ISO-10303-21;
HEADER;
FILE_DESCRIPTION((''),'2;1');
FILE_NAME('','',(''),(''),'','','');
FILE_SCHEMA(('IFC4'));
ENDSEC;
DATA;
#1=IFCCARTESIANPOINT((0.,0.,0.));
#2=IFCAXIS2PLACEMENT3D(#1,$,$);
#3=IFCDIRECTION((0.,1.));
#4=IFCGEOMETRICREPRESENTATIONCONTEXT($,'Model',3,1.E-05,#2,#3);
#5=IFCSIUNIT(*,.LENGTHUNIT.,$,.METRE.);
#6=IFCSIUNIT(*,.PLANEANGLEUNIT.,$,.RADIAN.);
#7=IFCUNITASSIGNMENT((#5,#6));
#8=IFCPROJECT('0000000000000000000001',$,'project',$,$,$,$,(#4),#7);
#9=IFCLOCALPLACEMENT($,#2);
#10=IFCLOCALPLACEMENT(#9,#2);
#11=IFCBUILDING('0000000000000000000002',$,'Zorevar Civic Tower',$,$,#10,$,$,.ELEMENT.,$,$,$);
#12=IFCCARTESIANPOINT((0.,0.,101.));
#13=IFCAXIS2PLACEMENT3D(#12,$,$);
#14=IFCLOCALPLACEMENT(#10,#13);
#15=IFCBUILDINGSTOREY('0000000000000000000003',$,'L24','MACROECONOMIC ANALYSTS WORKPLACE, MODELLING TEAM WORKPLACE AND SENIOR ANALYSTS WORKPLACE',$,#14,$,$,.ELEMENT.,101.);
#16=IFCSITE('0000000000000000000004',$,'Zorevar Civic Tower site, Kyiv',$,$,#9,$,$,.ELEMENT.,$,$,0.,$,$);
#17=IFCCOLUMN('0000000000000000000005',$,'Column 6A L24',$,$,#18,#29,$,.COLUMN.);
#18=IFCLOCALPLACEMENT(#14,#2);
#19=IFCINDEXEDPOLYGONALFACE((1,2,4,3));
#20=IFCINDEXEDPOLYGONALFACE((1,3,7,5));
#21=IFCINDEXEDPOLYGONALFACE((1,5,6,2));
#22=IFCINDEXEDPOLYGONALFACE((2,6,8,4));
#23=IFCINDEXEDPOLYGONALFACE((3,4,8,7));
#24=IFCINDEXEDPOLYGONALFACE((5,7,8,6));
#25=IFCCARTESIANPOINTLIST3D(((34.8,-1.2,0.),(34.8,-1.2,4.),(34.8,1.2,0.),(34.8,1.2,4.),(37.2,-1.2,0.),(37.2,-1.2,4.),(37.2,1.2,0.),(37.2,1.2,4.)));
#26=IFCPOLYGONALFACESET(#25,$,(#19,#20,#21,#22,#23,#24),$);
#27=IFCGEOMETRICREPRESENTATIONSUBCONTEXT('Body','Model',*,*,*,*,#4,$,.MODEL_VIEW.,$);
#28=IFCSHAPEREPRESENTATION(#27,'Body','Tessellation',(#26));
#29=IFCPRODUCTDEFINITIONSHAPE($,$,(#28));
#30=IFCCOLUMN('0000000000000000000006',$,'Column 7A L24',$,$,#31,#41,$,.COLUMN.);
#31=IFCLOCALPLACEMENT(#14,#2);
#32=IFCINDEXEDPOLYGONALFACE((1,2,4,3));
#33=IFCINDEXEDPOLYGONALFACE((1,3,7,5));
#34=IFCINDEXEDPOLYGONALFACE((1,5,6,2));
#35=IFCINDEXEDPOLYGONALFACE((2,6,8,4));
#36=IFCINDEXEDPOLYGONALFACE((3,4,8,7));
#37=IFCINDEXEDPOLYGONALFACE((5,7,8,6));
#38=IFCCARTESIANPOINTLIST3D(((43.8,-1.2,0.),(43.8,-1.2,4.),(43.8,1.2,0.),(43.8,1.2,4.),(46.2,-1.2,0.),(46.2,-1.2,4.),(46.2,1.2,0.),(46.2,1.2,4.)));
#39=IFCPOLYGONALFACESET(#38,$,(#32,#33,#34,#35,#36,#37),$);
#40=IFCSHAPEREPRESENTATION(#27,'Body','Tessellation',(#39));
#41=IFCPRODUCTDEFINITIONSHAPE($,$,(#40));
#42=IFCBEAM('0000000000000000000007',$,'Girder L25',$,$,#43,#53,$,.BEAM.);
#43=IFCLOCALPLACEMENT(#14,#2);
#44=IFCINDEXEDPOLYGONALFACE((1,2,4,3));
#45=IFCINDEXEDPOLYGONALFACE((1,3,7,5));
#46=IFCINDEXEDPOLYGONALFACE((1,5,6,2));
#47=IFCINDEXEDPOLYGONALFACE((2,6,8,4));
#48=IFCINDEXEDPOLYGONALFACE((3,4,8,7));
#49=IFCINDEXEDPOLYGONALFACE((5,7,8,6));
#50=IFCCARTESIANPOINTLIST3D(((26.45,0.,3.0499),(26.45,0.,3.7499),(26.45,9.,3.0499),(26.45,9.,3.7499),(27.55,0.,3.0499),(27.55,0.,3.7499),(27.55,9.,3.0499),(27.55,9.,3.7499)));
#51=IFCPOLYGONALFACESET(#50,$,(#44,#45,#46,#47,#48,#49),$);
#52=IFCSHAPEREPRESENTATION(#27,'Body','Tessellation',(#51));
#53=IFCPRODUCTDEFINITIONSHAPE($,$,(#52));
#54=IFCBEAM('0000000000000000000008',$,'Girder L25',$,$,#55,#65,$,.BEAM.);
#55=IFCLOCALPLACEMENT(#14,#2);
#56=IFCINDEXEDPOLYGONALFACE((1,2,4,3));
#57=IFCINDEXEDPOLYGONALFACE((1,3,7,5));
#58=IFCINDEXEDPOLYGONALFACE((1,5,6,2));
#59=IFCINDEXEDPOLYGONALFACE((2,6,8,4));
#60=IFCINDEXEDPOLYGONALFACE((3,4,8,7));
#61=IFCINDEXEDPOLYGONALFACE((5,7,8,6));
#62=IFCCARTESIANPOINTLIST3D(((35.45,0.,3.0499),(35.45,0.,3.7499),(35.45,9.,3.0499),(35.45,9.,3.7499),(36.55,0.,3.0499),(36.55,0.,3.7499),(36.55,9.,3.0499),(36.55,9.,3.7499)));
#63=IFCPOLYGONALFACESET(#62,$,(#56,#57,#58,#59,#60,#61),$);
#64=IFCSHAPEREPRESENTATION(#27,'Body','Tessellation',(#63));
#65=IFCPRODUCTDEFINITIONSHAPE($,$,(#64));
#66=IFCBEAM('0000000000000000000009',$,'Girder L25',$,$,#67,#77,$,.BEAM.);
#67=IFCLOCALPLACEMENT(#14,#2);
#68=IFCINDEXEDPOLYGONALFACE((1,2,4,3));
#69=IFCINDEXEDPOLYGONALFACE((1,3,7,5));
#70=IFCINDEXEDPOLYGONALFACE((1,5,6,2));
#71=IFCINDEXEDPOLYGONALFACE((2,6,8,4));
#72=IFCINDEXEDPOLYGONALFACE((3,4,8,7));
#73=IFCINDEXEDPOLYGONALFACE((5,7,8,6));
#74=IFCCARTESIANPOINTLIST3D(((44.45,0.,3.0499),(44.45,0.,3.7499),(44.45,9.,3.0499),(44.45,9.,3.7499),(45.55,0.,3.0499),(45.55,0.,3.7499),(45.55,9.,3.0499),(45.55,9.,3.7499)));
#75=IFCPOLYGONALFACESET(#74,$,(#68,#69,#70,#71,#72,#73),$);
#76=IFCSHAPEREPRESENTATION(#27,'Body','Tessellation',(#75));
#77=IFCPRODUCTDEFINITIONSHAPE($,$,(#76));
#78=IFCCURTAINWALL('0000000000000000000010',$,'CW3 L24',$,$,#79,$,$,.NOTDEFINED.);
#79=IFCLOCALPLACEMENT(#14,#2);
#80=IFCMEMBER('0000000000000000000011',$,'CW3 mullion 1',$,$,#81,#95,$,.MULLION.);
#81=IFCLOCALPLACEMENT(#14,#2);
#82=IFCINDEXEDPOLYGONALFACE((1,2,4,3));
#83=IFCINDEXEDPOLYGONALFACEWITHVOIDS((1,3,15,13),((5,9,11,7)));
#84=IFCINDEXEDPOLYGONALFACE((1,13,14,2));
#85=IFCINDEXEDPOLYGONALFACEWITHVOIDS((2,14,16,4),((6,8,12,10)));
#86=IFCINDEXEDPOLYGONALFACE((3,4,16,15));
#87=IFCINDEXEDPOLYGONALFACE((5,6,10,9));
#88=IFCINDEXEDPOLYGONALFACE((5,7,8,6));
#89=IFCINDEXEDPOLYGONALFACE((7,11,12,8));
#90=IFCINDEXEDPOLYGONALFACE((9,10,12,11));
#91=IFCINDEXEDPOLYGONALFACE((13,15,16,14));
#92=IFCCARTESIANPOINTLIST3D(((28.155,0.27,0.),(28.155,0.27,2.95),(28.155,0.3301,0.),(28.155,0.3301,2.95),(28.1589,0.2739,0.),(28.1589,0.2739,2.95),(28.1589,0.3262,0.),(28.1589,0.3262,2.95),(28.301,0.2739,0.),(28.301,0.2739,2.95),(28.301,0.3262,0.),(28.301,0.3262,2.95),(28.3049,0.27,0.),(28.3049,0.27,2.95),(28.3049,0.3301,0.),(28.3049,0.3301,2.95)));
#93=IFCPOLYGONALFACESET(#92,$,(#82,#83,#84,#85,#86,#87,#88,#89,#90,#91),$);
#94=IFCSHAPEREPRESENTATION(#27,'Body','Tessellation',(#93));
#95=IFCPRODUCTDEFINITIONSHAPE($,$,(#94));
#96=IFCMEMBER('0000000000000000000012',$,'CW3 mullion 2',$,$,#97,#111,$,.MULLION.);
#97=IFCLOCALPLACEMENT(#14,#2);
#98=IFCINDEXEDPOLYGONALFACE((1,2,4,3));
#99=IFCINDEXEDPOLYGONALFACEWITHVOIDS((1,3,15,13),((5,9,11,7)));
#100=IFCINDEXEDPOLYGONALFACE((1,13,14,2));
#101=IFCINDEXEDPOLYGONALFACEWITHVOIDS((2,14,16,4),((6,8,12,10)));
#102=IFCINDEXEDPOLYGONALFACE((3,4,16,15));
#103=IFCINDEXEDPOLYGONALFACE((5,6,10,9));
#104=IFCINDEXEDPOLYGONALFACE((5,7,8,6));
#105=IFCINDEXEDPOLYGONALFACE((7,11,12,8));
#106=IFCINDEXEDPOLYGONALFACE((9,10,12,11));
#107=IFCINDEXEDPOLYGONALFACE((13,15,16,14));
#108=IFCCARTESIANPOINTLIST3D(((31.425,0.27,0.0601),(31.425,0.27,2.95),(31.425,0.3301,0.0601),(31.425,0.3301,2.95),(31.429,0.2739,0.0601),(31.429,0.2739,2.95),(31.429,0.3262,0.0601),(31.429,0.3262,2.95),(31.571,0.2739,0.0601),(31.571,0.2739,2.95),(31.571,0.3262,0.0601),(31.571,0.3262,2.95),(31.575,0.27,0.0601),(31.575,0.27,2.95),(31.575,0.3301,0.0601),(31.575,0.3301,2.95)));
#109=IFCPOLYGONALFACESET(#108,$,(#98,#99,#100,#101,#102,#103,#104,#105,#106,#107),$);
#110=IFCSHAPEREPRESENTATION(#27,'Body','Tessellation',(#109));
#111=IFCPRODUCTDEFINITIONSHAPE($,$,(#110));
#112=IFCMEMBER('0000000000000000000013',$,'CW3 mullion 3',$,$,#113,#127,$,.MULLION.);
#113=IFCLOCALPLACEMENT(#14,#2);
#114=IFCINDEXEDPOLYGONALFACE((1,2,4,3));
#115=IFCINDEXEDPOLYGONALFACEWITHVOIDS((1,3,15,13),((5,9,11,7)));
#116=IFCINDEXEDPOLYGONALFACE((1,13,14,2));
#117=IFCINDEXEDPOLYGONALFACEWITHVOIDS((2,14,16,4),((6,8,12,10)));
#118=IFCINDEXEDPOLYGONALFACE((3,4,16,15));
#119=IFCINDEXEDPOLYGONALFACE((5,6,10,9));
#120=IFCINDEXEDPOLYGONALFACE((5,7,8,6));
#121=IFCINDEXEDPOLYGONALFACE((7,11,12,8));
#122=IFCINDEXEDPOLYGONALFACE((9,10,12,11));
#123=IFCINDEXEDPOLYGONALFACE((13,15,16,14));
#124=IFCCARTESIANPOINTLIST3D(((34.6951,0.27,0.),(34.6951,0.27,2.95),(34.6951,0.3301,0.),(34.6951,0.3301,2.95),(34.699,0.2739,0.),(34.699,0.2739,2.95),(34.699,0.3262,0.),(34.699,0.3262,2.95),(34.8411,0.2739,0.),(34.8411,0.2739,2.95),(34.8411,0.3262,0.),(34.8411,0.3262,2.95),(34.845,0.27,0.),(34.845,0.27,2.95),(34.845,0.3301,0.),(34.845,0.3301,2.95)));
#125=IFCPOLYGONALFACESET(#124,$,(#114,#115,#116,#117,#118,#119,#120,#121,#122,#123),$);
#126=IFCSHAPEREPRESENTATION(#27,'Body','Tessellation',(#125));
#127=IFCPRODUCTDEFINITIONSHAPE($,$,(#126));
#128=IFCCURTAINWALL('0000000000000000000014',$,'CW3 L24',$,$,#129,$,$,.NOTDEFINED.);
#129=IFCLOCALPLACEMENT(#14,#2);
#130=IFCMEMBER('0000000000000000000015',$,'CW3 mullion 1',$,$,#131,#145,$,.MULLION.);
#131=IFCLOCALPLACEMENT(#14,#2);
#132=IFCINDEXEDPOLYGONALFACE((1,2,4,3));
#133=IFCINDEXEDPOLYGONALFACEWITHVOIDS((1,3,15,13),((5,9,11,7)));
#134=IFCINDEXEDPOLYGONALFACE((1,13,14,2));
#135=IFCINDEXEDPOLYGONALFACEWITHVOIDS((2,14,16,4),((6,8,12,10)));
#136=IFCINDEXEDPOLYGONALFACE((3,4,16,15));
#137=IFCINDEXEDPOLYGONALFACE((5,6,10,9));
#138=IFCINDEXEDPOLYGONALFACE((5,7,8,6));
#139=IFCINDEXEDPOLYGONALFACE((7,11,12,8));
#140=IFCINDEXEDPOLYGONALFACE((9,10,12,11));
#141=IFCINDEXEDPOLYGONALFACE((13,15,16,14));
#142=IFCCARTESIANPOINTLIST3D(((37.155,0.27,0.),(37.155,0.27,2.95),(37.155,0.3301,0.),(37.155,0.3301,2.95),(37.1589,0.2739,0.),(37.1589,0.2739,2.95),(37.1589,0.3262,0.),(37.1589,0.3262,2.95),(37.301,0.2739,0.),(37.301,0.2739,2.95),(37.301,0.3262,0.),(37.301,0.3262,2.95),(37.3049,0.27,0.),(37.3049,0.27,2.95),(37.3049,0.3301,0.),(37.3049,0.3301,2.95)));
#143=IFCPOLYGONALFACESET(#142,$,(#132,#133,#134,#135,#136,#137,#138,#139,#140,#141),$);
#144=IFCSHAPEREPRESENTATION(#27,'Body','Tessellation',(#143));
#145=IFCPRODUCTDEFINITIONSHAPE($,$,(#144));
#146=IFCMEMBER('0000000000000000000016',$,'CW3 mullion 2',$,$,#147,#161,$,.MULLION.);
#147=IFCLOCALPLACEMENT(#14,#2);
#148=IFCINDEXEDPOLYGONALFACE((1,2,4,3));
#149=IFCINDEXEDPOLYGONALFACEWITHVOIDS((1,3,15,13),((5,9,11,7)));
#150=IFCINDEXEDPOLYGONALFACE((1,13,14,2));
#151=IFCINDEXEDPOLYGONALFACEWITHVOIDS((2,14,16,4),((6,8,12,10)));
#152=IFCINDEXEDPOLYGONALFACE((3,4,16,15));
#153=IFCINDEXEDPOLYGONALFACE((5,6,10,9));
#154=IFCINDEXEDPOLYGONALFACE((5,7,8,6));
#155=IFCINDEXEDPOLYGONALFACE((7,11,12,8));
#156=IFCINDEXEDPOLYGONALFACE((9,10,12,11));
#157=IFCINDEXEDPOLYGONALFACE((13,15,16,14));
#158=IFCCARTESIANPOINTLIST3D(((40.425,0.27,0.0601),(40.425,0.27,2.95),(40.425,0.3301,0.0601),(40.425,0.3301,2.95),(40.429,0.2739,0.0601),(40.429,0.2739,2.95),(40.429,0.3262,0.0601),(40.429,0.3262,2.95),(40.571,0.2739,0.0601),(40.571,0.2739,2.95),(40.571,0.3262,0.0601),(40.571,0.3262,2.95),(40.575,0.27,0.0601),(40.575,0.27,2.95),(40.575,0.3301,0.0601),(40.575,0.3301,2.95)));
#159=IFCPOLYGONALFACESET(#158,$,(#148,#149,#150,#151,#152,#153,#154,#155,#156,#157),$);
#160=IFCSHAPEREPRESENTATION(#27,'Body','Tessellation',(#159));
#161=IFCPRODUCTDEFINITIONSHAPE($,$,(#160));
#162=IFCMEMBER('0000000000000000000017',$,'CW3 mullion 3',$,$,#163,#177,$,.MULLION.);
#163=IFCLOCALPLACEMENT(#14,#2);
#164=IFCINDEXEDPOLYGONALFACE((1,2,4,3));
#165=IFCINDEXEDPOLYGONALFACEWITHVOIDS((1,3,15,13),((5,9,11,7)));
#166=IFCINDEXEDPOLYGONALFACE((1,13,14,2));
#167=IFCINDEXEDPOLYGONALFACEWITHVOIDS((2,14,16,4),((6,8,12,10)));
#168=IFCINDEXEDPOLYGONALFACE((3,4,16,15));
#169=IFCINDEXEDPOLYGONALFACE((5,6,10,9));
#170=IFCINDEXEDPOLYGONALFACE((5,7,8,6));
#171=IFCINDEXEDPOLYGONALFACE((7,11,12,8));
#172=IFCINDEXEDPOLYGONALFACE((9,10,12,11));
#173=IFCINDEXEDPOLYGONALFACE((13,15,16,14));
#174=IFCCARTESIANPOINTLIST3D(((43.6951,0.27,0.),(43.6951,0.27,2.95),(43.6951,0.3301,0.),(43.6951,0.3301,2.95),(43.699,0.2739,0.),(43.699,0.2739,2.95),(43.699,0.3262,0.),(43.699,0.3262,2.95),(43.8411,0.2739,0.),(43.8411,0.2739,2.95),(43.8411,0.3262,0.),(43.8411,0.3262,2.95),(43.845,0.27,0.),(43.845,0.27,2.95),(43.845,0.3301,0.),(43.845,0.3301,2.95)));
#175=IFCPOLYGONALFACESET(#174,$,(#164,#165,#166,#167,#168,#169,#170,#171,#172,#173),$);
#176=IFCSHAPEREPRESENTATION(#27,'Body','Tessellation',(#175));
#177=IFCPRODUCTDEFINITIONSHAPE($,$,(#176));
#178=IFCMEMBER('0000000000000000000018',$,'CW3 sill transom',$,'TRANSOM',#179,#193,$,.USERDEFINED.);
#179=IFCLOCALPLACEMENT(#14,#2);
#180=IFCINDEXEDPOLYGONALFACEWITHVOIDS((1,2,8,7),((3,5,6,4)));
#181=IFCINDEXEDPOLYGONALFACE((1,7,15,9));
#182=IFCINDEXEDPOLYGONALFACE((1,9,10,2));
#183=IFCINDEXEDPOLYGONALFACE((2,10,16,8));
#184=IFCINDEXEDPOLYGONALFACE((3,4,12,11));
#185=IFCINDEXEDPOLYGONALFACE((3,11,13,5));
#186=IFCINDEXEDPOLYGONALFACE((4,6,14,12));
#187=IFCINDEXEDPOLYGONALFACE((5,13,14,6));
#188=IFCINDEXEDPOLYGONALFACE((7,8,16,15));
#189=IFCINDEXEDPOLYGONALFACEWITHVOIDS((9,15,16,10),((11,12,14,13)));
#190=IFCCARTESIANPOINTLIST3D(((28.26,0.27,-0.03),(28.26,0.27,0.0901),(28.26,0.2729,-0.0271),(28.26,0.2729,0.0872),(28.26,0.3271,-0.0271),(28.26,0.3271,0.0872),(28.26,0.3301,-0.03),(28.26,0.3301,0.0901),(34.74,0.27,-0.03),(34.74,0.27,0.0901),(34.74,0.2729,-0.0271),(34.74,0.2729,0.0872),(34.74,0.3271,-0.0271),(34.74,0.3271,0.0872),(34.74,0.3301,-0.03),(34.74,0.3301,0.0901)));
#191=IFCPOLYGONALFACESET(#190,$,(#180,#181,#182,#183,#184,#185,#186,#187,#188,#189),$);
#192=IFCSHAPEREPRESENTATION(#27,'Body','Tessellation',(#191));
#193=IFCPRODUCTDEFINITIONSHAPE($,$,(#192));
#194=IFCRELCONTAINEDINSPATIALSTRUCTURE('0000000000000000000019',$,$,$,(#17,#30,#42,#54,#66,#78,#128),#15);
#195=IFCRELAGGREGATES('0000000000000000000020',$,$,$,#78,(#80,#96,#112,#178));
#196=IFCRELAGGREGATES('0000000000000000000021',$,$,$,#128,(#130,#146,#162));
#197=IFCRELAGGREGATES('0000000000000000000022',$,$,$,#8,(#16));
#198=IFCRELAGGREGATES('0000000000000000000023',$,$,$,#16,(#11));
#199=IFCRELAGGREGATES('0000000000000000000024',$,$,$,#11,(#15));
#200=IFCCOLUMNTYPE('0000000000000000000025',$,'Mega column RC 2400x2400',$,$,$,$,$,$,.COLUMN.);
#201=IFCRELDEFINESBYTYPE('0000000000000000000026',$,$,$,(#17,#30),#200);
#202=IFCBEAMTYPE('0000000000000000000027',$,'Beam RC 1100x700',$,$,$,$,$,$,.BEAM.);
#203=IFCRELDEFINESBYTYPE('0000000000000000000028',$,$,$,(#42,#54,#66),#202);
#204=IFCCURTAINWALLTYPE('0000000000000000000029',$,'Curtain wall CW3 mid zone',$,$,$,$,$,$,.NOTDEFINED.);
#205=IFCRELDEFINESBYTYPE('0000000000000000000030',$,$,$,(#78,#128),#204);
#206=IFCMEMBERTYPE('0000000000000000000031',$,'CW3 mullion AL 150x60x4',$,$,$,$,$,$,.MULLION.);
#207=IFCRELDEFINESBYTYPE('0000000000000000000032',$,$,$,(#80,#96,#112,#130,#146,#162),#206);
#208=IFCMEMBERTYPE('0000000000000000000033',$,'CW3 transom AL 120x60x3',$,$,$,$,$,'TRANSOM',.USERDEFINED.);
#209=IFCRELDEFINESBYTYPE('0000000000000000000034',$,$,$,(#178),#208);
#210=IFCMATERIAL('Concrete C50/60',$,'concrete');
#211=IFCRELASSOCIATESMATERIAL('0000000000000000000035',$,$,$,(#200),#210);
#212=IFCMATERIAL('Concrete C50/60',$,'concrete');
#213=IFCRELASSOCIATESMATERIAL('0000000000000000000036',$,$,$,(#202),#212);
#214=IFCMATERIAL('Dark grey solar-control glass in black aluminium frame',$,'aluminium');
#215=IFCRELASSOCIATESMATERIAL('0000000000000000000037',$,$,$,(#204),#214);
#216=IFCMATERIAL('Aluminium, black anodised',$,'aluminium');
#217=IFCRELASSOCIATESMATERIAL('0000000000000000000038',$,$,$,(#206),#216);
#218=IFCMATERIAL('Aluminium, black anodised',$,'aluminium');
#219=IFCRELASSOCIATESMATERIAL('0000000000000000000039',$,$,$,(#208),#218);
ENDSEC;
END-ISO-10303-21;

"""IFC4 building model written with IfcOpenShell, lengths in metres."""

from ifc_helpers import new_model, si_unit, direction, frame, origin, origin_2d, place, context, subcontext, project, spatial, rectangle, hollow_rectangle, extrude, material, material_profile, profile_set, type_object, element, aggregate, save


model = new_model("IFC4")

# Units and contexts
model_context = context("Model", 3, precision=1e-05, world=origin(), true_north=direction((0.0, 1.0)))
body_context = subcontext(model_context, "Body", "Model", "MODEL_VIEW")
ifc_project = project(units=[si_unit("LENGTHUNIT", "METRE"), si_unit("PLANEANGLEUNIT", "RADIAN")], contexts=[model_context])

# Site, building, storey
site_placement = place(None, origin())
site = spatial("IfcSite", under=ifc_project, at=site_placement, Name="Zorevar Civic Tower site, Kyiv", CompositionType="ELEMENT", RefElevation=0.0)
building_placement = place(site_placement, origin())
building = spatial("IfcBuilding", under=site, at=building_placement, Name="Zorevar Civic Tower", CompositionType="ELEMENT")
storey_placement = place(building_placement, frame((0.0, 0.0, 101.0)))
storey = spatial("IfcBuildingStorey", under=building, at=storey_placement, Name="L24", Description="MACROECONOMIC ANALYSTS WORKPLACE, MODELLING TEAM WORKPLACE AND SENIOR ANALYSTS WORKPLACE", CompositionType="ELEMENT", Elevation=101.0)

# Columns
ifc_material_1 = material(Name="Concrete C50/60", Category="concrete")
ifc_material_profile_1 = material_profile(ifc_material_1, rectangle(XDim=2.3999, YDim=2.3999, at=origin_2d()), Name="RC 2400x2400")
ifc_profile_set_1 = profile_set([ifc_material_profile_1], Name="Concrete C50/60")
column_type = type_object("IfcColumnType", Name="Mega column RC 2400x2400", PredefinedType="COLUMN", material=ifc_profile_set_1)
for number, where, z_axis, x_axis, name in (
    (1, (36.0, 0.0, 0.0), (0.0, 0.0, 1.0), (1.0, 0.0, 0.0), "Column 6A L24"),
    (2, (45.0, 0.0, 0.0), (0.0, 0.0, 1.0), (1.0, 0.0, 0.0), "Column 7A L24"),
):
    element("IfcColumn", number, at=place(storey_placement, frame(where, z_axis=z_axis, x_axis=x_axis)), inside=storey, type_object=column_type, Name=name, PredefinedType="COLUMN", context=body_context, shape_type="SweptSolid", body=[
        extrude(rectangle(XDim=2.3999, YDim=2.3999, at=origin_2d()), origin(), (0.0, 0.0, 1.0), 4.0),
    ])

# Beams
ifc_material_2 = material(Name="Concrete C50/60", Category="concrete")
ifc_material_profile_2 = material_profile(ifc_material_2, rectangle(XDim=1.1001, YDim=0.7, at=origin_2d()), Name="RC 1100x700")
ifc_profile_set_2 = profile_set([ifc_material_profile_2], Name="Concrete C50/60")
beam_type_1 = type_object("IfcBeamType", Name="Beam RC 1100x700", PredefinedType="BEAM", material=ifc_profile_set_2)
for number, where, z_axis, x_axis, name in (
    (3, (27.0, 0.0, 3.3999), (0.0, 1.0, 0.0), (-1.0, 0.0, 0.0), "Girder L25"),
    (4, (36.0, 0.0, 3.3999), (0.0, 1.0, 0.0), (-1.0, 0.0, 0.0), "Girder L25"),
    (5, (45.0, 0.0, 3.3999), (0.0, 1.0, 0.0), (-1.0, 0.0, 0.0), "Girder L25"),
):
    element("IfcBeam", number, at=place(storey_placement, frame(where, z_axis=z_axis, x_axis=x_axis)), inside=storey, type_object=beam_type_1, Name=name, PredefinedType="BEAM", context=body_context, shape_type="SweptSolid", body=[
        extrude(rectangle(XDim=1.1001, YDim=0.7, at=origin_2d()), origin(), (0.0, 0.0, 1.0), 9.0),
    ])

# Curtain walls, members
ifc_material_3 = material(Name="Dark grey solar-control glass in black aluminium frame", Category="aluminium")
curtain_wall_type = type_object("IfcCurtainWallType", Name="Curtain wall CW3 mid zone", PredefinedType="NOTDEFINED", material=ifc_material_3)
curtain_wall_1_placement = place(storey_placement, origin())
curtain_wall_1 = element("IfcCurtainWall", 6, at=curtain_wall_1_placement, inside=storey, type_object=curtain_wall_type, Name="CW3 L24", PredefinedType="NOTDEFINED")
ifc_material_4 = material(Name="Aluminium, black anodised", Category="aluminium")
ifc_material_profile_3 = material_profile(ifc_material_4, hollow_rectangle(XDim=0.0601, YDim=0.1499, WallThickness=0.0039, at=origin_2d()), Name="AL 150x60x4")
ifc_profile_set_3 = profile_set([ifc_material_profile_3], Name="Aluminium, black anodised")
member_type_1 = type_object("IfcMemberType", Name="CW3 mullion AL 150x60x4", PredefinedType="MULLION", material=ifc_profile_set_3)
member_1_placement = place(storey_placement, frame((28.23, 0.3, 0.0), z_axis=(0.0, 0.0, 1.0), x_axis=(0.0, 1.0, 0.0)))
member_1 = element("IfcMember", 7, at=member_1_placement, type_object=member_type_1, Name="CW3 mullion 1", PredefinedType="MULLION", context=body_context, shape_type="SweptSolid", body=[
    extrude(hollow_rectangle(XDim=0.0601, YDim=0.1499, WallThickness=0.0039, at=origin_2d()), origin(), (0.0, 0.0, 1.0), 2.95),
])
member_2_placement = place(storey_placement, frame((31.5, 0.3, 0.0601), z_axis=(0.0, 0.0, 1.0), x_axis=(0.0, 1.0, 0.0)))
member_2 = element("IfcMember", 8, at=member_2_placement, type_object=member_type_1, Name="CW3 mullion 2", PredefinedType="MULLION", context=body_context, shape_type="SweptSolid", body=[
    extrude(hollow_rectangle(XDim=0.0601, YDim=0.1499, WallThickness=0.0039, at=origin_2d()), origin(), (0.0, 0.0, 1.0), 2.8899),
])
member_3_placement = place(storey_placement, frame((34.77, 0.3, 0.0), z_axis=(0.0, 0.0, 1.0), x_axis=(0.0, 1.0, 0.0)))
member_3 = element("IfcMember", 9, at=member_3_placement, type_object=member_type_1, Name="CW3 mullion 3", PredefinedType="MULLION", context=body_context, shape_type="SweptSolid", body=[
    extrude(hollow_rectangle(XDim=0.0601, YDim=0.1499, WallThickness=0.0039, at=origin_2d()), origin(), (0.0, 0.0, 1.0), 2.95),
])
curtain_wall_2_placement = place(storey_placement, origin())
curtain_wall_2 = element("IfcCurtainWall", 10, at=curtain_wall_2_placement, inside=storey, type_object=curtain_wall_type, Name="CW3 L24", PredefinedType="NOTDEFINED")
member_4_placement = place(storey_placement, frame((37.23, 0.3, 0.0), z_axis=(0.0, 0.0, 1.0), x_axis=(0.0, 1.0, 0.0)))
member_4 = element("IfcMember", 11, at=member_4_placement, type_object=member_type_1, Name="CW3 mullion 1", PredefinedType="MULLION", context=body_context, shape_type="SweptSolid", body=[
    extrude(hollow_rectangle(XDim=0.0601, YDim=0.1499, WallThickness=0.0039, at=origin_2d()), origin(), (0.0, 0.0, 1.0), 2.95),
])
member_5_placement = place(storey_placement, frame((40.5, 0.3, 0.0601), z_axis=(0.0, 0.0, 1.0), x_axis=(0.0, 1.0, 0.0)))
member_5 = element("IfcMember", 12, at=member_5_placement, type_object=member_type_1, Name="CW3 mullion 2", PredefinedType="MULLION", context=body_context, shape_type="SweptSolid", body=[
    extrude(hollow_rectangle(XDim=0.0601, YDim=0.1499, WallThickness=0.0039, at=origin_2d()), origin(), (0.0, 0.0, 1.0), 2.8899),
])
member_6_placement = place(storey_placement, frame((43.77, 0.3, 0.0), z_axis=(0.0, 0.0, 1.0), x_axis=(0.0, 1.0, 0.0)))
member_6 = element("IfcMember", 13, at=member_6_placement, type_object=member_type_1, Name="CW3 mullion 3", PredefinedType="MULLION", context=body_context, shape_type="SweptSolid", body=[
    extrude(hollow_rectangle(XDim=0.0601, YDim=0.1499, WallThickness=0.0039, at=origin_2d()), origin(), (0.0, 0.0, 1.0), 2.95),
])

# Member
ifc_material_5 = material(Name="Aluminium, black anodised", Category="aluminium")
ifc_material_profile_4 = material_profile(ifc_material_5, hollow_rectangle(XDim=0.0601, YDim=0.1201, WallThickness=0.0029, at=origin_2d()), Name="AL 120x60x3")
ifc_profile_set_4 = profile_set([ifc_material_profile_4], Name="Aluminium, black anodised")
member_type_2 = type_object("IfcMemberType", Name="CW3 transom AL 120x60x3", ElementType="TRANSOM", PredefinedType="USERDEFINED", material=ifc_profile_set_4)
member_7_placement = place(storey_placement, frame((28.26, 0.3, 0.03), z_axis=(1.0, 0.0, 0.0), x_axis=(0.0, 1.0, 0.0)))
member_7 = element("IfcMember", 14, at=member_7_placement, type_object=member_type_2, Name="CW3 sill transom", ObjectType="TRANSOM", PredefinedType="USERDEFINED", context=body_context, shape_type="SweptSolid", body=[
    extrude(hollow_rectangle(XDim=0.0601, YDim=0.1201, WallThickness=0.0029, at=origin_2d()), origin(), (0.0, 0.0, 1.0), 6.48),
])

aggregate(curtain_wall_1, [member_1, member_2, member_3, member_7])
aggregate(curtain_wall_2, [member_4, member_5, member_6])

save(model, "model.ifc")
